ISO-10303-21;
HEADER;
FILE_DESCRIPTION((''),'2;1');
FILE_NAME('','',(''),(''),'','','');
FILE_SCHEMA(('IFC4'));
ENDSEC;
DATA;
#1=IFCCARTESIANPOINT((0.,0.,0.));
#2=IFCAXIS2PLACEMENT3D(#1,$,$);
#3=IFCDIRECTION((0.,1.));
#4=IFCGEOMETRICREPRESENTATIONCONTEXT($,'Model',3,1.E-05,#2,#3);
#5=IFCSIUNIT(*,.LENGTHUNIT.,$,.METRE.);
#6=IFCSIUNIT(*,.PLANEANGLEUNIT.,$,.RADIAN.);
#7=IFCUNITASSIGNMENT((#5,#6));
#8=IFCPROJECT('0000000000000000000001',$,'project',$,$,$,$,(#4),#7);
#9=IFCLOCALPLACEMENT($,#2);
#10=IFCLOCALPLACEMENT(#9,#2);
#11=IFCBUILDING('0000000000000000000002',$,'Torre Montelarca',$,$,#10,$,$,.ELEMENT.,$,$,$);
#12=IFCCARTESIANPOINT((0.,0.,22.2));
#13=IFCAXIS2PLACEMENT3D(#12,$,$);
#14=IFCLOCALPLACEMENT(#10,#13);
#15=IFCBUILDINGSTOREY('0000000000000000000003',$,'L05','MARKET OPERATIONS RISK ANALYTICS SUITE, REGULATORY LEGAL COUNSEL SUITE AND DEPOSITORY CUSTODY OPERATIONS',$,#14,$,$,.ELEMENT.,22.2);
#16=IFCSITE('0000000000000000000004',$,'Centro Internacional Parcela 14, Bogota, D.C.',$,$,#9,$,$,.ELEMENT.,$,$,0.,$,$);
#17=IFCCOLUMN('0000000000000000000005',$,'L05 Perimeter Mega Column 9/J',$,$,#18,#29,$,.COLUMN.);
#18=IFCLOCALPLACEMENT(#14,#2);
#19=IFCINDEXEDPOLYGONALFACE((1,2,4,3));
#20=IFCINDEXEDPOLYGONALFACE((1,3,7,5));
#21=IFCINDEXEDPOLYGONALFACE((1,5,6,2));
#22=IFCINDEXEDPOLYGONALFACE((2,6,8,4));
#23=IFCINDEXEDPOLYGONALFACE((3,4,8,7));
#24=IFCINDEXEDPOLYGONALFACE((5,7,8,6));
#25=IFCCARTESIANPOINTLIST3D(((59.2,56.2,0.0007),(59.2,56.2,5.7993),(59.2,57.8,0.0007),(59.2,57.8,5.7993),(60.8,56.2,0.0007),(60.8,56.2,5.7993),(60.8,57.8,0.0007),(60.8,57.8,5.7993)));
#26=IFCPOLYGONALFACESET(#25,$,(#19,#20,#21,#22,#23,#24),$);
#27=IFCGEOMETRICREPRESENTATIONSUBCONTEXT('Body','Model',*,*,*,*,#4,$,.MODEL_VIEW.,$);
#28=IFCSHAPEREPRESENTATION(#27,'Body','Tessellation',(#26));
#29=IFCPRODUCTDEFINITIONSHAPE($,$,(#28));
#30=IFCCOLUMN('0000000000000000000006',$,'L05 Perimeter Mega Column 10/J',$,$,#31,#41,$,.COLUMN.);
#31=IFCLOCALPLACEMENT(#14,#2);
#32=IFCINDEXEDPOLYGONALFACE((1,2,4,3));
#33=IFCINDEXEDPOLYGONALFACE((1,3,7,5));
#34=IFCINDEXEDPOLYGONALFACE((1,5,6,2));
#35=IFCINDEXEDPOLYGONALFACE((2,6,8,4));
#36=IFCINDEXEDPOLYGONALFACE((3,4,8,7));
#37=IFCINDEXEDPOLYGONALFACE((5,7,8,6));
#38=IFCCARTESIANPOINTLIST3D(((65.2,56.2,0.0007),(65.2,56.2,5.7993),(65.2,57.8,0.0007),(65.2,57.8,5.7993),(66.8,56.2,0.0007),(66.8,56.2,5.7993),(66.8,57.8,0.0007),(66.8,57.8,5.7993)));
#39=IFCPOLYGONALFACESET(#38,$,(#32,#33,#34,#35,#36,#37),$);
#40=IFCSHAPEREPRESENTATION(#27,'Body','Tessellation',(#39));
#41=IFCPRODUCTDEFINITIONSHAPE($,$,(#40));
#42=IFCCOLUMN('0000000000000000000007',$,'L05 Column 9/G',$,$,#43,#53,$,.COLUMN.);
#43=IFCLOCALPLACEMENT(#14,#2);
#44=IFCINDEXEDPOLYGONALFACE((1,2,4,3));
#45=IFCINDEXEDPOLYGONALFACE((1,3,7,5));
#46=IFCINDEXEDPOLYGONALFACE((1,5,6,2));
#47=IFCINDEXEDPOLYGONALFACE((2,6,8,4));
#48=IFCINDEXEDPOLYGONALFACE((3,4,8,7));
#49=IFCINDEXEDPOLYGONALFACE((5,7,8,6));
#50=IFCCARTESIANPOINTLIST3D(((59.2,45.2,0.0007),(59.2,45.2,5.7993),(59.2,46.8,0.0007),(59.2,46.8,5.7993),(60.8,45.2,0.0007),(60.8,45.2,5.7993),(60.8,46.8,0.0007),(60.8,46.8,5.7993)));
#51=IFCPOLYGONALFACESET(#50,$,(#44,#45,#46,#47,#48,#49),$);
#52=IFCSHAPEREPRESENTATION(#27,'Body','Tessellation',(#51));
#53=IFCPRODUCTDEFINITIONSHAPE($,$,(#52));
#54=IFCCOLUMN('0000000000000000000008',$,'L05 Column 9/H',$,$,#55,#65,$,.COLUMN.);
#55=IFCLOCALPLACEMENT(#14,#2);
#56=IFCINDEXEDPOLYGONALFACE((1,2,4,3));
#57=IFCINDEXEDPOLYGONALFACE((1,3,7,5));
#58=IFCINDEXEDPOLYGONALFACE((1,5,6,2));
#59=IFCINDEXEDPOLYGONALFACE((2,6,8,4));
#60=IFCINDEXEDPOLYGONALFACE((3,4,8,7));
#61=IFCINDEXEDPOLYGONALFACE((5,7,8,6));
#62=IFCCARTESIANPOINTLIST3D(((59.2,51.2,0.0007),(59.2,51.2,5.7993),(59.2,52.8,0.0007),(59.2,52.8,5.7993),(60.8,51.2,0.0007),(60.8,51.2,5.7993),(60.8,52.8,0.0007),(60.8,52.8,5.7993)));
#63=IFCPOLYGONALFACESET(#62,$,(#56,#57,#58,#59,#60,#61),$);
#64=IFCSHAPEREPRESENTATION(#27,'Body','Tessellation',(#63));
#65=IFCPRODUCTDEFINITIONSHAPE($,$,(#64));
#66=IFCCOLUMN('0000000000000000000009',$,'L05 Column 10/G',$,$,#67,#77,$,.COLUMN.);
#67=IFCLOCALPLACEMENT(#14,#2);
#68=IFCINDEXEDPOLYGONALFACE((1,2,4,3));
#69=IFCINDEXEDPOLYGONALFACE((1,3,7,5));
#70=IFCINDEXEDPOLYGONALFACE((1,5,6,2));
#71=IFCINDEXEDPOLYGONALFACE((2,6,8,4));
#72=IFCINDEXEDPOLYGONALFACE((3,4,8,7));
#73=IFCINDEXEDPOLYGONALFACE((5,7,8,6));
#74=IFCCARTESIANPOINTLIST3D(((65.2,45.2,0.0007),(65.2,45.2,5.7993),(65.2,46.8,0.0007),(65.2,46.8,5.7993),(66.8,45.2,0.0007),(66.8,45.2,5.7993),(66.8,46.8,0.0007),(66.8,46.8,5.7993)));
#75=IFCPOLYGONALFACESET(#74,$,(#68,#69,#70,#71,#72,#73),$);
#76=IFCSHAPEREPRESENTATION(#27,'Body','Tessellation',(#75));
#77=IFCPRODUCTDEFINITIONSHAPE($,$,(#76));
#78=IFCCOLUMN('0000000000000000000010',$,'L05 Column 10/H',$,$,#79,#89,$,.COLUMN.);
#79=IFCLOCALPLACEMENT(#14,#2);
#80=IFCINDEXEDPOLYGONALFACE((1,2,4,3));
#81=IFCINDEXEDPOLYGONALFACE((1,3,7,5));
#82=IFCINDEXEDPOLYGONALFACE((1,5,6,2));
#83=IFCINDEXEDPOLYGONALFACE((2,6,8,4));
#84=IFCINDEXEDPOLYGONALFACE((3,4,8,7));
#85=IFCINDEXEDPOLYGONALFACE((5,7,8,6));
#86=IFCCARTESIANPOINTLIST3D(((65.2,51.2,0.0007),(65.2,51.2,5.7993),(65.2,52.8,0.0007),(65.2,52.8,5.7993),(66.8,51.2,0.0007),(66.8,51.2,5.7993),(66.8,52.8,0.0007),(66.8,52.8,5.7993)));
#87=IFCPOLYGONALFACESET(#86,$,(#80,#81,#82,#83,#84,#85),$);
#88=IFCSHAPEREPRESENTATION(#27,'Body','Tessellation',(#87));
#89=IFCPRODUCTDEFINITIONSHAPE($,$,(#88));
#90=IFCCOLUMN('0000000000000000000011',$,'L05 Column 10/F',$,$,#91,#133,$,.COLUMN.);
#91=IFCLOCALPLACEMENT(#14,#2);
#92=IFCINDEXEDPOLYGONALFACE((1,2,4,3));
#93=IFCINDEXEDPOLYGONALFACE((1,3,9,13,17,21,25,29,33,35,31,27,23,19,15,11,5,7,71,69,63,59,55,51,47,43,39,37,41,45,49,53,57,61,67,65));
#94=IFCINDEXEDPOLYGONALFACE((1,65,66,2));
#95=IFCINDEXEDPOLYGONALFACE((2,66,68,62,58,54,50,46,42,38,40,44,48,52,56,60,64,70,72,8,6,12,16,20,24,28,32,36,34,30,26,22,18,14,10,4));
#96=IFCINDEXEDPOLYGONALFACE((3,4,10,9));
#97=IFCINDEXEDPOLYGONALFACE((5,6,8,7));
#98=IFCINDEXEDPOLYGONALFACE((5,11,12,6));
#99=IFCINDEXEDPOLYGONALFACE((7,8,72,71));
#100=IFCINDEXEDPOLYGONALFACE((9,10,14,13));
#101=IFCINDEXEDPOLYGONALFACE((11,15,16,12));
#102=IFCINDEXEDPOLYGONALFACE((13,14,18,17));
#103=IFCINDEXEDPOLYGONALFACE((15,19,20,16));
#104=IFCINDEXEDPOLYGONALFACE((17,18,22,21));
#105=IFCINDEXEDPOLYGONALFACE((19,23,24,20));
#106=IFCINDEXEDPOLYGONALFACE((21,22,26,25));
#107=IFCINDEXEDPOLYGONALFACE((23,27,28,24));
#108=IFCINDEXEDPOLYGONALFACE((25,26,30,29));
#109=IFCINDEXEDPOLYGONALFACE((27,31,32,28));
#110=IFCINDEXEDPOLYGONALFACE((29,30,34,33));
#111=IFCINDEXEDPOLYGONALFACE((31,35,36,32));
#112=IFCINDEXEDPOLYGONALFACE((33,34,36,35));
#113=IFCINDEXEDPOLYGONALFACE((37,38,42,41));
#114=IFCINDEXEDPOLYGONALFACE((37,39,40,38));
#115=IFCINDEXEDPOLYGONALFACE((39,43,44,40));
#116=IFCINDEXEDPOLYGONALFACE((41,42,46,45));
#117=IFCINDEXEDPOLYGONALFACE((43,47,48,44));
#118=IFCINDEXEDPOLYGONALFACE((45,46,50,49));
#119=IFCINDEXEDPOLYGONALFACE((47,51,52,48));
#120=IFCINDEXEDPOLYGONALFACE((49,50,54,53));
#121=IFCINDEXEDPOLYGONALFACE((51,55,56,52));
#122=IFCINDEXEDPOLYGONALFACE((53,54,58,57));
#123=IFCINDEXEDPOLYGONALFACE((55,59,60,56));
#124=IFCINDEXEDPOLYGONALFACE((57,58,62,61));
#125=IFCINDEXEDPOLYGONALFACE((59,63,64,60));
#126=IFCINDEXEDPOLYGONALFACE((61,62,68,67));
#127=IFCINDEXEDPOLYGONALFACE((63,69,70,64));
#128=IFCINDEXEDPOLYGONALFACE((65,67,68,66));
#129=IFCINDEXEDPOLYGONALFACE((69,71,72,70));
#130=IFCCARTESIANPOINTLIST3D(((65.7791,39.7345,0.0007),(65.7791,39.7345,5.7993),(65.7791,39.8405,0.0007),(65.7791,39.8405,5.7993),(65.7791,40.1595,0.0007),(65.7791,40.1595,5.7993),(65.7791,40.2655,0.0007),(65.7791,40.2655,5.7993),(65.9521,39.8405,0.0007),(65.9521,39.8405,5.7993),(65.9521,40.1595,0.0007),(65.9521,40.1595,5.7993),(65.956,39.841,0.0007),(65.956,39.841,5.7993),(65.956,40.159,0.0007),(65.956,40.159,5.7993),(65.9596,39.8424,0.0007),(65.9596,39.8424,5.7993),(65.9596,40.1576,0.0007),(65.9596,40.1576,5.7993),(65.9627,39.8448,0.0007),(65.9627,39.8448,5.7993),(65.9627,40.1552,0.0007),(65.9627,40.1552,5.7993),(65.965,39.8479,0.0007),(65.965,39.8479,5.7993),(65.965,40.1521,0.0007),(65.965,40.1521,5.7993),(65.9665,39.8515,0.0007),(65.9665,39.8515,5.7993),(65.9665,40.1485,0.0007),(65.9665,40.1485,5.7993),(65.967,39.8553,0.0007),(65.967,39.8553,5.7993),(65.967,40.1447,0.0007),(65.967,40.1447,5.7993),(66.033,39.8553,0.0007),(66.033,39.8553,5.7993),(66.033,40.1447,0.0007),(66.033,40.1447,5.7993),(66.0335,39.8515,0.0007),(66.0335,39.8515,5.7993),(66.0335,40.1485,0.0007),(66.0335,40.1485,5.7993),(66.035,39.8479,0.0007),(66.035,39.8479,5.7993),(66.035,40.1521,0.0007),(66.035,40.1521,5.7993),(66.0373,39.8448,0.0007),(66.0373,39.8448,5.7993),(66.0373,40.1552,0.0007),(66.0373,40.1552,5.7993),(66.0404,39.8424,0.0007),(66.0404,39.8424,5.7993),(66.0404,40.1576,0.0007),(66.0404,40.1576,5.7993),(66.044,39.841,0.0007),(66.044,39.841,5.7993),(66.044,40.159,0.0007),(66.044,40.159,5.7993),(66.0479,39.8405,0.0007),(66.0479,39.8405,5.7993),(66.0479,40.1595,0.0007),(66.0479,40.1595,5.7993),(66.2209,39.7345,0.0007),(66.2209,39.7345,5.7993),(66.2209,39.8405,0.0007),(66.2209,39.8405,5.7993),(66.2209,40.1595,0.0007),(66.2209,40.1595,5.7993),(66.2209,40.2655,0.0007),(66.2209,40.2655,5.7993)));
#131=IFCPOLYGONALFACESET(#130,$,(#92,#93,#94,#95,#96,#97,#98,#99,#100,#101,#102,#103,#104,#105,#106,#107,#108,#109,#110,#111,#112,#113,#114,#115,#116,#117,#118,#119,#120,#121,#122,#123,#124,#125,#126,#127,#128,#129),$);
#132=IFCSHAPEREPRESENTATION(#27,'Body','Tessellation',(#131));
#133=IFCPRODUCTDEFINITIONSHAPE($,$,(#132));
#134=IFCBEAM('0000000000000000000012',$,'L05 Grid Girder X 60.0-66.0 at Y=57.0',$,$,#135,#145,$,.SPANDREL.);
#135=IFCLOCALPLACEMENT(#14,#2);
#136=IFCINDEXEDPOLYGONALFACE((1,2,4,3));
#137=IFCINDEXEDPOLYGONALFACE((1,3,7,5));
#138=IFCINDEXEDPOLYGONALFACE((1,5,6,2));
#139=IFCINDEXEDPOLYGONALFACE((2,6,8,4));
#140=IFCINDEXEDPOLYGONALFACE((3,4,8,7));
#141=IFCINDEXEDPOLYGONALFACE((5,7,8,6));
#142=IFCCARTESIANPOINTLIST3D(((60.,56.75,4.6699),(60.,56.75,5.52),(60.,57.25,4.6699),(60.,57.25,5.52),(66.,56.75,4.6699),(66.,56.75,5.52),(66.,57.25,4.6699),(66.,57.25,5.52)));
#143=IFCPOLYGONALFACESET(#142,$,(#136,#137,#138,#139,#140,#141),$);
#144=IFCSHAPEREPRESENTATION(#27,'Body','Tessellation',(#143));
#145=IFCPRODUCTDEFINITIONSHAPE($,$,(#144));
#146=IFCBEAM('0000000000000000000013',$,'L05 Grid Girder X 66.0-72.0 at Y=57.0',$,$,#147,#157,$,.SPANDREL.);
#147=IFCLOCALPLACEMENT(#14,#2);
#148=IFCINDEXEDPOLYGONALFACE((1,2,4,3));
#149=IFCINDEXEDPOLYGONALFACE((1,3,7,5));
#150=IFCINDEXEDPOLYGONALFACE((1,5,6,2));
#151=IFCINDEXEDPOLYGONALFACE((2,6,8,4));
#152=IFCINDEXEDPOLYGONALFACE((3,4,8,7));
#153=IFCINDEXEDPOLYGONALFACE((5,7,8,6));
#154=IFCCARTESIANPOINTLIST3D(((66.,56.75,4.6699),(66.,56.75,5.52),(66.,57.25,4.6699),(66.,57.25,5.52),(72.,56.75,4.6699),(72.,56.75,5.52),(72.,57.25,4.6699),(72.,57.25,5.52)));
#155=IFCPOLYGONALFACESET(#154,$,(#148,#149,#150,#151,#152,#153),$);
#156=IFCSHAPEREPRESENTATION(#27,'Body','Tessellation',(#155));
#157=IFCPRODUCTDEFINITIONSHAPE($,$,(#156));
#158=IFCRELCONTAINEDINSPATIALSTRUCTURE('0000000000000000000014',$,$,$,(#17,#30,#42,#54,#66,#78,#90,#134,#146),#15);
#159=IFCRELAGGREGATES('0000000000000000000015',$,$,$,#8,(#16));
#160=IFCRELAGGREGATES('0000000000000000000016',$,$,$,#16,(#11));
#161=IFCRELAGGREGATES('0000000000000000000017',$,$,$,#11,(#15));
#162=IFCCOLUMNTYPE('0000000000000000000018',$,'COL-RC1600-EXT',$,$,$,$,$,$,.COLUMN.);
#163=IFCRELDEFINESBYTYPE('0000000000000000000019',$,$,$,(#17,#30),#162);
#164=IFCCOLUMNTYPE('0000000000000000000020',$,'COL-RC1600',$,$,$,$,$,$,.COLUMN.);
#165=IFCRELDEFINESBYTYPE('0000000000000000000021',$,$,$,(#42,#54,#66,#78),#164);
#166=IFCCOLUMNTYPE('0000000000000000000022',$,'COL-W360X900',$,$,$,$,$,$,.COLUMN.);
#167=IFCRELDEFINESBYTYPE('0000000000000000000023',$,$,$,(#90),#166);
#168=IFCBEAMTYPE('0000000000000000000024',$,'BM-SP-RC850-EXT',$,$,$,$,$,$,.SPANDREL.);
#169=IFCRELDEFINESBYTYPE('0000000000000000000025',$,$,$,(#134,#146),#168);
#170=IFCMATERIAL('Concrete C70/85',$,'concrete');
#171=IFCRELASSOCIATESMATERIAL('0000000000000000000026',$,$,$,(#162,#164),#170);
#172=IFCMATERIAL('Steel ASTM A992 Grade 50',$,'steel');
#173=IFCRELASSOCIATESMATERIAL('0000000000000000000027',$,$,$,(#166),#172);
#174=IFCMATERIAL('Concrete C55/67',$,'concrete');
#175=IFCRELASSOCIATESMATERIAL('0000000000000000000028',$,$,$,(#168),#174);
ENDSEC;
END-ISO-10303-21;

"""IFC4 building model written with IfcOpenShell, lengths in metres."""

from ifc_helpers import new_model, si_unit, direction, frame, origin, origin_2d, place, context, subcontext, project, spatial, rectangle, i_section, extrude, source, transform, mapped, material, material_profile, profile_set, type_object, element, save


model = new_model("IFC4")

# Units and contexts
model_context = context("Model", 3, precision=1e-05, world=origin(), true_north=direction((0.0, 1.0)))
body_context = subcontext(model_context, "Body", "Model", "MODEL_VIEW")
ifc_project = project(units=[si_unit("LENGTHUNIT", "METRE"), si_unit("PLANEANGLEUNIT", "RADIAN")], contexts=[model_context])

# Site, building, storey
site_placement = place(None, origin())
site = spatial("IfcSite", under=ifc_project, at=site_placement, Name="Centro Internacional Parcela 14, Bogota, D.C.", CompositionType="ELEMENT", RefElevation=0.0)
building_placement = place(site_placement, origin())
building = spatial("IfcBuilding", under=site, at=building_placement, Name="Torre Montelarca", CompositionType="ELEMENT")
storey_placement = place(building_placement, frame((0.0, 0.0, 22.2)))
storey = spatial("IfcBuildingStorey", under=building, at=storey_placement, Name="L05", Description="MARKET OPERATIONS RISK ANALYTICS SUITE, REGULATORY LEGAL COUNSEL SUITE AND DEPOSITORY CUSTODY OPERATIONS", CompositionType="ELEMENT", Elevation=22.2)

# Columns
ifc_material_1 = material(Name="Concrete C70/85", Category="concrete")
ifc_material_profile_1 = material_profile(ifc_material_1, rectangle(XDim=1.6001, YDim=1.6001, at=origin_2d()), Name="RC1600X1600", Category="concrete")
ifc_profile_set_1 = profile_set([ifc_material_profile_1], Name="Concrete C70/85")
column_type_1 = type_object("IfcColumnType", Name="COL-RC1600-EXT", PredefinedType="COLUMN", material=ifc_profile_set_1)
shared_shape_1 = source(origin(), body_context, "Body", "SweptSolid", [
    extrude(rectangle(XDim=1.6001, YDim=1.6001, at=origin_2d()), origin(), (0.0, 0.0, 1.0), 5.7986),
])
for number, where, z_axis, x_axis, name in (
    (1, (60.0, 57.0, 0.0007), (0.0, 0.0, 1.0), (1.0, 0.0, 0.0), "L05 Perimeter Mega Column 9/J"),
    (2, (66.0, 57.0, 0.0007), (0.0, 0.0, 1.0), (1.0, 0.0, 0.0), "L05 Perimeter Mega Column 10/J"),
):
    element("IfcColumn", number, at=place(storey_placement, frame(where, z_axis=z_axis, x_axis=x_axis)), inside=storey, type_object=column_type_1, Name=name, PredefinedType="COLUMN", context=body_context, shape_type="MappedRepresentation", body=[
        mapped(shared_shape_1, transform((0.0, 0.0, 0.0), scale=1.0)),
    ])
ifc_material_profile_2 = material_profile(ifc_material_1, rectangle(XDim=1.6001, YDim=1.6001, at=origin_2d()), Name="RC1600X1600", Category="concrete")
ifc_profile_set_2 = profile_set([ifc_material_profile_2], Name="Concrete C70/85")
column_type_2 = type_object("IfcColumnType", Name="COL-RC1600", PredefinedType="COLUMN", material=ifc_profile_set_2)
shared_shape_2 = source(origin(), body_context, "Body", "SweptSolid", [
    extrude(rectangle(XDim=1.6001, YDim=1.6001, at=origin_2d()), origin(), (0.0, 0.0, 1.0), 5.7986),
])
for number, where, z_axis, x_axis, name in (
    (3, (60.0, 46.0, 0.0007), (0.0, 0.0, 1.0), (1.0, 0.0, 0.0), "L05 Column 9/G"),
    (4, (60.0, 52.0, 0.0007), (0.0, 0.0, 1.0), (1.0, 0.0, 0.0), "L05 Column 9/H"),
    (5, (66.0, 46.0, 0.0007), (0.0, 0.0, 1.0), (1.0, 0.0, 0.0), "L05 Column 10/G"),
    (6, (66.0, 52.0, 0.0007), (0.0, 0.0, 1.0), (1.0, 0.0, 0.0), "L05 Column 10/H"),
):
    element("IfcColumn", number, at=place(storey_placement, frame(where, z_axis=z_axis, x_axis=x_axis)), inside=storey, type_object=column_type_2, Name=name, PredefinedType="COLUMN", context=body_context, shape_type="MappedRepresentation", body=[
        mapped(shared_shape_2, transform((0.0, 0.0, 0.0), scale=1.0)),
    ])
ifc_material_2 = material(Name="Steel ASTM A992 Grade 50", Category="steel")
ifc_material_profile_3 = material_profile(ifc_material_2, i_section(OverallWidth=0.4419, OverallDepth=0.531, WebThickness=0.0659, FlangeThickness=0.106, FilletRadius=0.0149, at=origin_2d()), Name="W360X900", Category="steel")
ifc_profile_set_3 = profile_set([ifc_material_profile_3], Name="Steel ASTM A992 Grade 50")
column_type_3 = type_object("IfcColumnType", Name="COL-W360X900", PredefinedType="COLUMN", material=ifc_profile_set_3)
shared_shape_3 = source(origin(), body_context, "Body", "SweptSolid", [
    extrude(i_section(OverallWidth=0.4419, OverallDepth=0.531, WebThickness=0.0659, FlangeThickness=0.106, FilletRadius=0.0149, at=origin_2d()), origin(), (0.0, 0.0, 1.0), 5.7986),
])
column_placement = place(storey_placement, frame((66.0, 40.0, 0.0007), z_axis=(0.0, 0.0, 1.0), x_axis=(1.0, 0.0, 0.0)))
element("IfcColumn", 7, at=column_placement, inside=storey, type_object=column_type_3, Name="L05 Column 10/F", PredefinedType="COLUMN", context=body_context, shape_type="MappedRepresentation", body=[
    mapped(shared_shape_3, transform((0.0, 0.0, 0.0), scale=1.0)),
])

# Beams
ifc_material_3 = material(Name="Concrete C55/67", Category="concrete")
ifc_material_profile_4 = material_profile(ifc_material_3, rectangle(XDim=0.5, YDim=0.8501, at=origin_2d()), Name="RCB500X850", Category="concrete")
ifc_profile_set_4 = profile_set([ifc_material_profile_4], Name="Concrete C55/67")
beam_type_1 = type_object("IfcBeamType", Name="BM-SP-RC850-EXT", PredefinedType="SPANDREL", material=ifc_profile_set_4)
shared_shape_4 = source(origin(), body_context, "Body", "SweptSolid", [
    extrude(rectangle(XDim=0.5, YDim=0.8501, at=origin_2d()), origin(), (0.0, 0.0, 1.0), 6.0),
])
for number, where, z_axis, x_axis, name in (
    (8, (60.0, 57.0, 5.095), (1.0, 0.0, 0.0), (0.0, 1.0, 0.0), "L05 Grid Girder X 60.0-66.0 at Y=57.0"),
    (9, (66.0, 57.0, 5.095), (1.0, 0.0, 0.0), (0.0, 1.0, 0.0), "L05 Grid Girder X 66.0-72.0 at Y=57.0"),
):
    element("IfcBeam", number, at=place(storey_placement, frame(where, z_axis=z_axis, x_axis=x_axis)), inside=storey, type_object=beam_type_1, Name=name, PredefinedType="SPANDREL", context=body_context, shape_type="MappedRepresentation", body=[
        mapped(shared_shape_4, transform((0.0, 0.0, 0.0), scale=1.0)),
    ])

save(model, "model.ifc")
